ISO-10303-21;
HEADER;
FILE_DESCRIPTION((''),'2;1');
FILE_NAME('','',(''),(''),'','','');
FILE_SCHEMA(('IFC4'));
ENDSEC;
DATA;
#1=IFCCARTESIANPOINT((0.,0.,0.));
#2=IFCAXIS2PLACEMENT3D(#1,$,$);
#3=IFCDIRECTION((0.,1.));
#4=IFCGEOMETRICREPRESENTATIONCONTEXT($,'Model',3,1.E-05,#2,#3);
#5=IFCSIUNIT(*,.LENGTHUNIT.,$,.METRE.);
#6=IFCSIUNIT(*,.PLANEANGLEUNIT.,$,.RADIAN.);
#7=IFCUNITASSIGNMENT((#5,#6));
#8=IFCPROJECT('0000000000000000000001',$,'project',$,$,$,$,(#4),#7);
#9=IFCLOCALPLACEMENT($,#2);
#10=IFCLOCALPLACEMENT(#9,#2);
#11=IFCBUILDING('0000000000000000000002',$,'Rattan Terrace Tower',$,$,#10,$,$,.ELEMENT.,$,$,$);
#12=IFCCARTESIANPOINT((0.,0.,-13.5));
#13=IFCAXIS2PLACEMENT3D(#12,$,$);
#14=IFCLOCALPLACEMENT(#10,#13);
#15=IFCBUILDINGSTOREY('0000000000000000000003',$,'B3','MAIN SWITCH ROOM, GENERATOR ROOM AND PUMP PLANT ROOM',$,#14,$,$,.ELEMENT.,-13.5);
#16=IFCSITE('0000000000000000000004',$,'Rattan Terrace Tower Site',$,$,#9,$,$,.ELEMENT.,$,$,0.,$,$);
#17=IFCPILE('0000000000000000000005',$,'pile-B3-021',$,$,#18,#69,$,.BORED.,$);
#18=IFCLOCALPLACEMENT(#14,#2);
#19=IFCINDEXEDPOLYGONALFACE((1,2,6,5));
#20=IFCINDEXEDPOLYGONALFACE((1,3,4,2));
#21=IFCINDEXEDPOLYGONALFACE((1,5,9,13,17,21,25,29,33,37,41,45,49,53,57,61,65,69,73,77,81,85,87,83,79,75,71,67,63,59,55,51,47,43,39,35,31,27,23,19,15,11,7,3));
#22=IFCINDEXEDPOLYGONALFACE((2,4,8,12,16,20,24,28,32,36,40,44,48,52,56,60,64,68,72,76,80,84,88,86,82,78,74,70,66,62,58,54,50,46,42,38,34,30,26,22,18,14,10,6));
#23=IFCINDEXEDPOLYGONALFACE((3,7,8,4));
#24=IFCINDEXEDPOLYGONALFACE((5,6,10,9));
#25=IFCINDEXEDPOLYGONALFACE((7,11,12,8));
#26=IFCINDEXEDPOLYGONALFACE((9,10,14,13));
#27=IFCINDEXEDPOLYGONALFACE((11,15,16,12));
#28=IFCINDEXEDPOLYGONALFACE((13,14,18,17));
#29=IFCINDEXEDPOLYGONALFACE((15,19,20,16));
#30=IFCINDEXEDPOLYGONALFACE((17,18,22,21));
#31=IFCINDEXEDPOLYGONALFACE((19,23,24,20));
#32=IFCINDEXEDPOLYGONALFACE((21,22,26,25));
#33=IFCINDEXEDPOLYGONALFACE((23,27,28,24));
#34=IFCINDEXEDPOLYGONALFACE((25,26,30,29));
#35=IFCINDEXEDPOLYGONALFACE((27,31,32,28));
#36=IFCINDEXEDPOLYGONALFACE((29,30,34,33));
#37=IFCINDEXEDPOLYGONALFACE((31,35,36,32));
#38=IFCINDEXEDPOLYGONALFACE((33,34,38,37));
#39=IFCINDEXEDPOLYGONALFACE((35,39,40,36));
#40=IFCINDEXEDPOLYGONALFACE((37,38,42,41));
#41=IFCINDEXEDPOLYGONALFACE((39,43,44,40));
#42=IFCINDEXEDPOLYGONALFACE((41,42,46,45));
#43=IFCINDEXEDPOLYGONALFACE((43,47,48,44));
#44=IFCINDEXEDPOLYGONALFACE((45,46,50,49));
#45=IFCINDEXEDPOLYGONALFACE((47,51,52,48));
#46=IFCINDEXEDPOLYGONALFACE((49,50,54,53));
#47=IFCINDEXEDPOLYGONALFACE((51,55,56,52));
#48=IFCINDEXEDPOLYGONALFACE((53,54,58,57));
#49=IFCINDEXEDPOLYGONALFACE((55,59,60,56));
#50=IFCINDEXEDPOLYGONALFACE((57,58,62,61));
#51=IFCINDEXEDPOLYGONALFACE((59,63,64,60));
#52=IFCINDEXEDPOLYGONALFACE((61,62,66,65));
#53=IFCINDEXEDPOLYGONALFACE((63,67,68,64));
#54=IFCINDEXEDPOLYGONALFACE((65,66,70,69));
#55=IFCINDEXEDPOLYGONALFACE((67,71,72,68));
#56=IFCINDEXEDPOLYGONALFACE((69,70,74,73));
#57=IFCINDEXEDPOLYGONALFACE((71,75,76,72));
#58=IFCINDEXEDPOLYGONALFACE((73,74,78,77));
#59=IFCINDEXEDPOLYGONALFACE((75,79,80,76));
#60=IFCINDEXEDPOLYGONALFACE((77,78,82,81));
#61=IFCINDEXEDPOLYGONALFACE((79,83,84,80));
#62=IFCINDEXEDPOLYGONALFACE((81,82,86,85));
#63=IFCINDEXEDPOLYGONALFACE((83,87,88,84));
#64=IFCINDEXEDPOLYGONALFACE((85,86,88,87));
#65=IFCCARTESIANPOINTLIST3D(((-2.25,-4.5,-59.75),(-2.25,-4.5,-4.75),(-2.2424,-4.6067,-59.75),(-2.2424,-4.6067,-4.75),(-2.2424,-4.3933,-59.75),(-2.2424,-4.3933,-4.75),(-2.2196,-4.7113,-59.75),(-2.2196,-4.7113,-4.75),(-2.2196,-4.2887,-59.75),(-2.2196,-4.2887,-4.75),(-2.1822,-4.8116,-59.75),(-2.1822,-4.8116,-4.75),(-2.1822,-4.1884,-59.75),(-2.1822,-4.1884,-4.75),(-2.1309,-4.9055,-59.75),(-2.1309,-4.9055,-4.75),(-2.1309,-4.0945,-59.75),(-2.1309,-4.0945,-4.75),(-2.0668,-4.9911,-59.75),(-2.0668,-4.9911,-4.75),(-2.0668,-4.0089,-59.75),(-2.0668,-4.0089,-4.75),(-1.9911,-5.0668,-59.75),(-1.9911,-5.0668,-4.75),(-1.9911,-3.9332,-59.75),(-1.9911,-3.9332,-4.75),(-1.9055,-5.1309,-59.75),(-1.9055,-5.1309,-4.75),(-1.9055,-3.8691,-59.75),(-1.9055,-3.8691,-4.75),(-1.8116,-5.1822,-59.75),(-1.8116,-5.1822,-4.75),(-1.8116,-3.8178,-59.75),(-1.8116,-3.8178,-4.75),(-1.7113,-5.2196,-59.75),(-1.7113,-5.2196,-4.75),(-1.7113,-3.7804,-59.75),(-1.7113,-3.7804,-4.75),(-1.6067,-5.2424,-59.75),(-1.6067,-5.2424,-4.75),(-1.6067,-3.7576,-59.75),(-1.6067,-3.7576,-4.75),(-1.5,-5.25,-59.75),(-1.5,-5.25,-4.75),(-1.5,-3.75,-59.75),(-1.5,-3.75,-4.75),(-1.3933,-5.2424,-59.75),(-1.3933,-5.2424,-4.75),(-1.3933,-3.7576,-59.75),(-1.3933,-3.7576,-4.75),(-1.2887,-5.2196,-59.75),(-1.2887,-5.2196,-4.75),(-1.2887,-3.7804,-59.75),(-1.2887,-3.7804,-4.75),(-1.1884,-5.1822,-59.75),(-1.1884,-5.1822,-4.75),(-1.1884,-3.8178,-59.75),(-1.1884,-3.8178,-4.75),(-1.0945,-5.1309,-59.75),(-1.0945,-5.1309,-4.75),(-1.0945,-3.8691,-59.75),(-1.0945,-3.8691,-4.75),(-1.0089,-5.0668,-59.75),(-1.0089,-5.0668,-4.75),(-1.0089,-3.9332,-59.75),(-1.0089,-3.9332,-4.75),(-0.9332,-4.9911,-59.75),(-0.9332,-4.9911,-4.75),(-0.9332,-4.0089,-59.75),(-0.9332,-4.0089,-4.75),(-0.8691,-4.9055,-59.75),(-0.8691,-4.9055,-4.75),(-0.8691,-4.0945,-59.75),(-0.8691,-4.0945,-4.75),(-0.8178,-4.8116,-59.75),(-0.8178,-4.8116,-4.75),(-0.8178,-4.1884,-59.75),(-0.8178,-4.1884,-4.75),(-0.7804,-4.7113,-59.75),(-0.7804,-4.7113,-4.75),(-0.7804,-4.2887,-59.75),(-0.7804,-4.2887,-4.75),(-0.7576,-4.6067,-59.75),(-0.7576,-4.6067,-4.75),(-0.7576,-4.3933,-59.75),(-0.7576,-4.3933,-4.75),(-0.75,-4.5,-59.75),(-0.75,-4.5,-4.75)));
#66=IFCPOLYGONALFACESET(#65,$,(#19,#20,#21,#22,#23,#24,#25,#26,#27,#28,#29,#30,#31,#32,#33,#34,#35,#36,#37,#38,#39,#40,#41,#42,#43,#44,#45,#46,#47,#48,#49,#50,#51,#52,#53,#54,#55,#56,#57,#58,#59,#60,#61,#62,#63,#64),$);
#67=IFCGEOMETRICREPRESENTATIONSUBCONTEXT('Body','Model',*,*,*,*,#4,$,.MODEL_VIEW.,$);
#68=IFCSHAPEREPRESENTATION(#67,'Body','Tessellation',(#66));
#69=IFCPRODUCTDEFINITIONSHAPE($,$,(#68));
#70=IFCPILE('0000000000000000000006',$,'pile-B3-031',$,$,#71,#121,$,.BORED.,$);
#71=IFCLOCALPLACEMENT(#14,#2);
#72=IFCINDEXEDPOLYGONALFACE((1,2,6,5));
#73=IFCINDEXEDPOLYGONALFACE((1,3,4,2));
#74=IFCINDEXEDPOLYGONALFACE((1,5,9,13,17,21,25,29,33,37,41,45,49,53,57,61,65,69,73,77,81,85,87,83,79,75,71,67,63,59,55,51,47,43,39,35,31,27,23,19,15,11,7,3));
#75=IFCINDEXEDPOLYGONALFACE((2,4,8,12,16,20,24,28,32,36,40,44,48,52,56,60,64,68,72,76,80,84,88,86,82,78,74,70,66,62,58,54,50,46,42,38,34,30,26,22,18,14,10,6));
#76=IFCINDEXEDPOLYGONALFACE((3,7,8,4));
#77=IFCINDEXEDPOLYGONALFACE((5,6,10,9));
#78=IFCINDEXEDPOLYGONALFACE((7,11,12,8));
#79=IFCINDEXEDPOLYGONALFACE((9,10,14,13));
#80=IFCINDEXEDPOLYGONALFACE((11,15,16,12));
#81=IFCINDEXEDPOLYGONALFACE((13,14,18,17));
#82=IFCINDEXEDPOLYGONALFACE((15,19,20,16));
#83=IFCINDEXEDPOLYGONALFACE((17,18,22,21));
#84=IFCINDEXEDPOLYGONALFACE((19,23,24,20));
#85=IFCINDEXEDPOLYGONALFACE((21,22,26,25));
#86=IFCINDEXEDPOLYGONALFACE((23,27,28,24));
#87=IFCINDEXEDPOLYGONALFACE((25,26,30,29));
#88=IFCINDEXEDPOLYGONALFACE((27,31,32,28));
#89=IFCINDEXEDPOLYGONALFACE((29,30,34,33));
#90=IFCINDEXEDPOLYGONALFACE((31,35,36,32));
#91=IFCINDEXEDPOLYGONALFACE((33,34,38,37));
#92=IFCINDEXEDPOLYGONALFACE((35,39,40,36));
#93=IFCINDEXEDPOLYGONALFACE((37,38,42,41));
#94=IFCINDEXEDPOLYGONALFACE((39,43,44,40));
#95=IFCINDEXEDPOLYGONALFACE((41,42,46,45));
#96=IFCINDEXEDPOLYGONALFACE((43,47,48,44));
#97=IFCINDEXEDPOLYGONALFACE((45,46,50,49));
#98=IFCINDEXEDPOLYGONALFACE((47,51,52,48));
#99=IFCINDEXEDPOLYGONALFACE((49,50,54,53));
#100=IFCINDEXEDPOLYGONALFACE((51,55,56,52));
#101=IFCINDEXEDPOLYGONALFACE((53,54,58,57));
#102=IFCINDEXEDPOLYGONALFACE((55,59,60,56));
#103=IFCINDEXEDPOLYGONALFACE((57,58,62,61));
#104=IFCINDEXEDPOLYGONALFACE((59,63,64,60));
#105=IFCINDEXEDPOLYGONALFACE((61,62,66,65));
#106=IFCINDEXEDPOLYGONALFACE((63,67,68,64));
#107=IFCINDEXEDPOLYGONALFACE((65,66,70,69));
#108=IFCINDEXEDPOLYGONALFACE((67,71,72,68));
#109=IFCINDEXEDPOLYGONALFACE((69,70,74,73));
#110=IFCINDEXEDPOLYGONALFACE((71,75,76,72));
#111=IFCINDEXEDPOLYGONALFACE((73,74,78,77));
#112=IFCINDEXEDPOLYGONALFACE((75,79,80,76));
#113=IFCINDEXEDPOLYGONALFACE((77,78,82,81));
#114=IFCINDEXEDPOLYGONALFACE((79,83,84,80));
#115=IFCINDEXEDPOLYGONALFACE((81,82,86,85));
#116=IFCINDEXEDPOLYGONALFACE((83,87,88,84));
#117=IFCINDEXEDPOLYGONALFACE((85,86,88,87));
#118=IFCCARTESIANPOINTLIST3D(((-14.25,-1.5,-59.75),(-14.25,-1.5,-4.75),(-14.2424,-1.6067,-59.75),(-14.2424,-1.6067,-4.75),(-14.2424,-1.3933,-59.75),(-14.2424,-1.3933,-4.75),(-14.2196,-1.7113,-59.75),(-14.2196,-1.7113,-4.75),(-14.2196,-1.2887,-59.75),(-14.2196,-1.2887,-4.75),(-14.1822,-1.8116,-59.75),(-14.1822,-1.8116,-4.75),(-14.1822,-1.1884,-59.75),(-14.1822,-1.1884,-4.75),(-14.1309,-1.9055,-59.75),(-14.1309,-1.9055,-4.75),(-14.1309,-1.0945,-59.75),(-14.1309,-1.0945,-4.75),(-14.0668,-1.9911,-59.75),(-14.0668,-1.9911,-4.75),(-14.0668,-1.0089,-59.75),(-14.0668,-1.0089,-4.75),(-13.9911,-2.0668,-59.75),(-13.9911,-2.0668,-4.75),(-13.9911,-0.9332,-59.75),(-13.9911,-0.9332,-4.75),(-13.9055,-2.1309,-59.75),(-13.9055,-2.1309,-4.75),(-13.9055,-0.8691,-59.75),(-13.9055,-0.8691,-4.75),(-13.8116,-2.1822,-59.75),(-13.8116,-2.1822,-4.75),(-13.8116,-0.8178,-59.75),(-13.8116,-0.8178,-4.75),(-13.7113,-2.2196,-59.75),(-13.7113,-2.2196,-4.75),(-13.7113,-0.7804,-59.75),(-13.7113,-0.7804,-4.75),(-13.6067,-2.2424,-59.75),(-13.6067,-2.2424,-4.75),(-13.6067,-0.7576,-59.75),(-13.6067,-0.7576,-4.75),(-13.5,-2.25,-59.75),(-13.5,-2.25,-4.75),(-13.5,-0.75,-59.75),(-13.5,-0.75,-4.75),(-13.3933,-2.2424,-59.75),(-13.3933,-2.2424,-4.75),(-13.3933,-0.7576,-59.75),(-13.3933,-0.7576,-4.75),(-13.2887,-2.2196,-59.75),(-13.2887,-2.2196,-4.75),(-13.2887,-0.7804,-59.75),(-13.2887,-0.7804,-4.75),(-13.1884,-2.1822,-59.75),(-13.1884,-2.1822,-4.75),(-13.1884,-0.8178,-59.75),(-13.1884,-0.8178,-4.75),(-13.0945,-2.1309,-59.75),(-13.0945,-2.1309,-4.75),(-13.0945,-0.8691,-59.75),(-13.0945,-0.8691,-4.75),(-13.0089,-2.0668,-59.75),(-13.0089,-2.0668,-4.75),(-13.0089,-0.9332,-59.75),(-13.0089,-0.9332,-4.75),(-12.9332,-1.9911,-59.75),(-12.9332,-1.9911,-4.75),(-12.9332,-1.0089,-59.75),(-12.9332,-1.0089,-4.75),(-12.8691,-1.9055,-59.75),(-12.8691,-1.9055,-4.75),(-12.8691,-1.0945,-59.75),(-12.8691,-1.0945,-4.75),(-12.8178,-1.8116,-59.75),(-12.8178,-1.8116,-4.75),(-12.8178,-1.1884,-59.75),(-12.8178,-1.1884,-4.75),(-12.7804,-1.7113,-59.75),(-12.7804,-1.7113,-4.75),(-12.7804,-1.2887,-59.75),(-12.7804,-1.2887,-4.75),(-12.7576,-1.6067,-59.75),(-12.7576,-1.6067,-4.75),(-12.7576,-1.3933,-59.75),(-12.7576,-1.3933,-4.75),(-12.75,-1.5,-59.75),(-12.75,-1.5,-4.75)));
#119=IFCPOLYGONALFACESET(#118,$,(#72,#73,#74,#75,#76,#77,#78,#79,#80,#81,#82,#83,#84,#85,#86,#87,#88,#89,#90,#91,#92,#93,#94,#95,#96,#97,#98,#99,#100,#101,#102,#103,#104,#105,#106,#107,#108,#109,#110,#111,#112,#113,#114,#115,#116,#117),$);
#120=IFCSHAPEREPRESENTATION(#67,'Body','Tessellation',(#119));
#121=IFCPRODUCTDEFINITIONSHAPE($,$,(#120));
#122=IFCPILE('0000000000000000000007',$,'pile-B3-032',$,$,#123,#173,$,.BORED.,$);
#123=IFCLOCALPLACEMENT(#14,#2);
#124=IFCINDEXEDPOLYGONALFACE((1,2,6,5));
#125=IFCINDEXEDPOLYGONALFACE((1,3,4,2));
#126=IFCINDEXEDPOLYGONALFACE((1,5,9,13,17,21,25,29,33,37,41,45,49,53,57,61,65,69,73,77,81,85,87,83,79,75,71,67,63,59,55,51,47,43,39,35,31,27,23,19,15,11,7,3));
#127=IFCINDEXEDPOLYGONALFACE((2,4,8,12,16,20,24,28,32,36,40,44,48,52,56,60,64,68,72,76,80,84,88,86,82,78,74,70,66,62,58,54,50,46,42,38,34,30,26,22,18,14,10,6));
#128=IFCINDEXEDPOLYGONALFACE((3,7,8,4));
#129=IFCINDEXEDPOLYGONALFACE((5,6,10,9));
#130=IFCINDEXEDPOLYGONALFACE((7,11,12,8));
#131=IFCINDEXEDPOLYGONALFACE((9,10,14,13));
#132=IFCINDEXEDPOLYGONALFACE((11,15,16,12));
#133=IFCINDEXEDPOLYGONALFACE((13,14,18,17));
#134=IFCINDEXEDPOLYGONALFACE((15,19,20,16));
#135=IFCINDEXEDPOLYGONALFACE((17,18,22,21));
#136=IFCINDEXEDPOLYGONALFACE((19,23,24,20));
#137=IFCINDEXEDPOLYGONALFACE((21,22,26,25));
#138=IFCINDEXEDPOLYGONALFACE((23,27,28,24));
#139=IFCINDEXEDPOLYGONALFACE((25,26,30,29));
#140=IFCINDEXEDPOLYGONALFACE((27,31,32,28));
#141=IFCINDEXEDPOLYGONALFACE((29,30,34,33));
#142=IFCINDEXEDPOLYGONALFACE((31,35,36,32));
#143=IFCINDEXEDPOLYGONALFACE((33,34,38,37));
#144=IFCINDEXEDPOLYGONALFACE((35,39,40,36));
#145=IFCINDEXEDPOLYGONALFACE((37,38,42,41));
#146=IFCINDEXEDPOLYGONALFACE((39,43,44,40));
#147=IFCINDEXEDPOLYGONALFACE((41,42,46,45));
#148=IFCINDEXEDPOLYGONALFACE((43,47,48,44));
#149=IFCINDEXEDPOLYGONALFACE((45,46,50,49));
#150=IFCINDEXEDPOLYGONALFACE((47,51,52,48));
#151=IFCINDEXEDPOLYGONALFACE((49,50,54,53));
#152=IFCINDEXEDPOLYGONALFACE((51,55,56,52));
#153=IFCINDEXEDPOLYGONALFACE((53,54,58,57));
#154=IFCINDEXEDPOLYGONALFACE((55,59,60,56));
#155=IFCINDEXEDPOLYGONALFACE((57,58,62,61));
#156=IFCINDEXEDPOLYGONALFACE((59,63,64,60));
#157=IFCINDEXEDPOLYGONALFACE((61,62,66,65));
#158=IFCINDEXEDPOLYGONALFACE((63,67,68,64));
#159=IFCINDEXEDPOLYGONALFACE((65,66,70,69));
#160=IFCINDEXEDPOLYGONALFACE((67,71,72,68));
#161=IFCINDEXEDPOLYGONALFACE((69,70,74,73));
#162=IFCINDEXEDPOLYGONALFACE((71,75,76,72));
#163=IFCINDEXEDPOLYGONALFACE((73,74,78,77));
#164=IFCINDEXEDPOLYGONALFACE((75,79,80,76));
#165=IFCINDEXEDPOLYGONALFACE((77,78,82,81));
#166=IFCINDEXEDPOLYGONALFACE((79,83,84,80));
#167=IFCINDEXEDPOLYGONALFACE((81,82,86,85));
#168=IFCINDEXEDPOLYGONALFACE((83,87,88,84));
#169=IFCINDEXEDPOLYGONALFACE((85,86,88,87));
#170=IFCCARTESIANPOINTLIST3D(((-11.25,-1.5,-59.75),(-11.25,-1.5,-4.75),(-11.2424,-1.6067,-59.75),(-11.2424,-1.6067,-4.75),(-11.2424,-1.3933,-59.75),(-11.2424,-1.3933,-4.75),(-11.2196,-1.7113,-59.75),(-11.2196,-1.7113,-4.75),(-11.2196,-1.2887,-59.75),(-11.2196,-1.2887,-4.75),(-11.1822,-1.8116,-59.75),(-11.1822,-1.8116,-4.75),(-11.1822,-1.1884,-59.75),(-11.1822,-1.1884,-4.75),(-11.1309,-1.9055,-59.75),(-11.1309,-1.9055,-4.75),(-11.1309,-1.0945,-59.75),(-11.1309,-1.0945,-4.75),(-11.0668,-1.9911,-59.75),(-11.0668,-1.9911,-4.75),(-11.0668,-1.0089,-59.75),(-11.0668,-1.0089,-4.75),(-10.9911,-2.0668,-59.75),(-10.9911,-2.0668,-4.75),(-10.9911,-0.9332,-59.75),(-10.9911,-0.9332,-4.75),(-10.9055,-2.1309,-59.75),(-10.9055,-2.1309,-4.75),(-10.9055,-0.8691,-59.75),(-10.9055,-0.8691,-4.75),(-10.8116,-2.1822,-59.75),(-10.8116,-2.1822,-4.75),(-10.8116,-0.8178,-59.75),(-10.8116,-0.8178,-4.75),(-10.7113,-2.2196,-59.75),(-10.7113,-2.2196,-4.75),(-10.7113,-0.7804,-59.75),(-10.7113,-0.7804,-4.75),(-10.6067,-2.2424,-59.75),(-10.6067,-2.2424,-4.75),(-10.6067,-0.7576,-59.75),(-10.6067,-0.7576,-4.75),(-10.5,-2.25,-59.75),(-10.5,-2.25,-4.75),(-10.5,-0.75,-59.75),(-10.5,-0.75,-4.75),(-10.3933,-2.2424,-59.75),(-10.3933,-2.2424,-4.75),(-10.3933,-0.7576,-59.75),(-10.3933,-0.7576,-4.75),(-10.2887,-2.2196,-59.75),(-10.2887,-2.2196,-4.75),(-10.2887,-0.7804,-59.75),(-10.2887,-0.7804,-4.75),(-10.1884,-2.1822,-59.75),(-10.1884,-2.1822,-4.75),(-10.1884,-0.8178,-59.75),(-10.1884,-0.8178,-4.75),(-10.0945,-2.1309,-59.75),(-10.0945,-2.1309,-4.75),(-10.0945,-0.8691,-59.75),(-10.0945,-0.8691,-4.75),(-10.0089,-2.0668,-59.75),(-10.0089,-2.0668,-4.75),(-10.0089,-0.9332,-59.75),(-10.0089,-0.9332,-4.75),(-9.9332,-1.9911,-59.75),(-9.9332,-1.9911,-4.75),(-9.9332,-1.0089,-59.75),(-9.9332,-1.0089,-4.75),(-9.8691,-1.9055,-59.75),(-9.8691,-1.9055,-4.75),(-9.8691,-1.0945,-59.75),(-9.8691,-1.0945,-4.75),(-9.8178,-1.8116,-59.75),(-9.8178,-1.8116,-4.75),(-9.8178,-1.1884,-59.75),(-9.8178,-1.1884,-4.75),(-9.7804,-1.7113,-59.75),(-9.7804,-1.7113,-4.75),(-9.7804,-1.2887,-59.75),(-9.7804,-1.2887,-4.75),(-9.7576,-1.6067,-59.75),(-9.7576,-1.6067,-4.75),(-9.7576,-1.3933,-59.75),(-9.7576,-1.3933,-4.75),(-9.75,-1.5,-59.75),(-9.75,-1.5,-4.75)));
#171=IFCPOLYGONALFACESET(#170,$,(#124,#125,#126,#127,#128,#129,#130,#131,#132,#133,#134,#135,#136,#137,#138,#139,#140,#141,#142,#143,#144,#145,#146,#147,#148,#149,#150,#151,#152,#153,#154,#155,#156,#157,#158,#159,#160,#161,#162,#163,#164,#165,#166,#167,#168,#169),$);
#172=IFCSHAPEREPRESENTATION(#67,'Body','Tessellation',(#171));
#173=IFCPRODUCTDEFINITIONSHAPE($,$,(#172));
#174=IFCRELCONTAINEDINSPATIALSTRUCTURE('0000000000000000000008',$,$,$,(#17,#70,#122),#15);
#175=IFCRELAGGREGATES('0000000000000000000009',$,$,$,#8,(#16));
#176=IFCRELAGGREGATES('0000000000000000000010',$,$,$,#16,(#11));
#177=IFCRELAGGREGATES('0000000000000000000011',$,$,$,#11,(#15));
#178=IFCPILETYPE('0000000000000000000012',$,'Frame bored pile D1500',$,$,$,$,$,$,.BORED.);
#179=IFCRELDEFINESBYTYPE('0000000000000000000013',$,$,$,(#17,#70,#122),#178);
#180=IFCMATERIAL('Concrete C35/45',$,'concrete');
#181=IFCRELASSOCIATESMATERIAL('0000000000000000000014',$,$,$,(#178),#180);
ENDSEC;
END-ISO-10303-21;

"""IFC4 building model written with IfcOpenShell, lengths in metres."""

from ifc_helpers import new_model, si_unit, direction, frame, origin, origin_2d, place, context, subcontext, project, spatial, circle, extrude, material, material_profile, profile_set, type_object, element, save


model = new_model("IFC4")

# Units and contexts
model_context = context("Model", 3, precision=1e-05, world=origin(), true_north=direction((0.0, 1.0)))
body_context = subcontext(model_context, "Body", "Model", "MODEL_VIEW")
ifc_project = project(units=[si_unit("LENGTHUNIT", "METRE"), si_unit("PLANEANGLEUNIT", "RADIAN")], contexts=[model_context])

# Site, building, storey
site_placement = place(None, origin())
site = spatial("IfcSite", under=ifc_project, at=site_placement, Name="Rattan Terrace Tower Site", CompositionType="ELEMENT", RefElevation=0.0)
building_placement = place(site_placement, origin())
building = spatial("IfcBuilding", under=site, at=building_placement, Name="Rattan Terrace Tower", CompositionType="ELEMENT")
storey_placement = place(building_placement, frame((0.0, 0.0, -13.5)))
storey = spatial("IfcBuildingStorey", under=building, at=storey_placement, Name="B3", Description="MAIN SWITCH ROOM, GENERATOR ROOM AND PUMP PLANT ROOM", CompositionType="ELEMENT", Elevation=-13.5)

# Piles
ifc_material_1 = material(Name="Concrete C35/45", Category="concrete")
ifc_material_profile = material_profile(ifc_material_1, circle(Radius=0.75, at=origin_2d()), Name="PILE D1500")
ifc_profile_set = profile_set([ifc_material_profile], Name="Concrete C35/45")
pile_type = type_object("IfcPileType", Name="Frame bored pile D1500", PredefinedType="BORED", material=ifc_profile_set)
for number, where, z_axis, x_axis, name in (
    (1, (-1.5, -4.5, -4.75), (0.0, 0.0, -1.0), (1.0, 0.0, 0.0), "pile-B3-021"),
    (2, (-13.5, -1.5, -4.75), (0.0, 0.0, -1.0), (1.0, 0.0, 0.0), "pile-B3-031"),
    (3, (-10.5, -1.5, -4.75), (0.0, 0.0, -1.0), (1.0, 0.0, 0.0), "pile-B3-032"),
):
    element("IfcPile", number, at=place(storey_placement, frame(where, z_axis=z_axis, x_axis=x_axis)), inside=storey, type_object=pile_type, Name=name, PredefinedType="BORED", context=body_context, shape_type="SweptSolid", body=[
        extrude(circle(Radius=0.75, at=origin_2d()), origin(), (0.0, 0.0, 1.0), 55.0),
    ])

save(model, "model.ifc")
